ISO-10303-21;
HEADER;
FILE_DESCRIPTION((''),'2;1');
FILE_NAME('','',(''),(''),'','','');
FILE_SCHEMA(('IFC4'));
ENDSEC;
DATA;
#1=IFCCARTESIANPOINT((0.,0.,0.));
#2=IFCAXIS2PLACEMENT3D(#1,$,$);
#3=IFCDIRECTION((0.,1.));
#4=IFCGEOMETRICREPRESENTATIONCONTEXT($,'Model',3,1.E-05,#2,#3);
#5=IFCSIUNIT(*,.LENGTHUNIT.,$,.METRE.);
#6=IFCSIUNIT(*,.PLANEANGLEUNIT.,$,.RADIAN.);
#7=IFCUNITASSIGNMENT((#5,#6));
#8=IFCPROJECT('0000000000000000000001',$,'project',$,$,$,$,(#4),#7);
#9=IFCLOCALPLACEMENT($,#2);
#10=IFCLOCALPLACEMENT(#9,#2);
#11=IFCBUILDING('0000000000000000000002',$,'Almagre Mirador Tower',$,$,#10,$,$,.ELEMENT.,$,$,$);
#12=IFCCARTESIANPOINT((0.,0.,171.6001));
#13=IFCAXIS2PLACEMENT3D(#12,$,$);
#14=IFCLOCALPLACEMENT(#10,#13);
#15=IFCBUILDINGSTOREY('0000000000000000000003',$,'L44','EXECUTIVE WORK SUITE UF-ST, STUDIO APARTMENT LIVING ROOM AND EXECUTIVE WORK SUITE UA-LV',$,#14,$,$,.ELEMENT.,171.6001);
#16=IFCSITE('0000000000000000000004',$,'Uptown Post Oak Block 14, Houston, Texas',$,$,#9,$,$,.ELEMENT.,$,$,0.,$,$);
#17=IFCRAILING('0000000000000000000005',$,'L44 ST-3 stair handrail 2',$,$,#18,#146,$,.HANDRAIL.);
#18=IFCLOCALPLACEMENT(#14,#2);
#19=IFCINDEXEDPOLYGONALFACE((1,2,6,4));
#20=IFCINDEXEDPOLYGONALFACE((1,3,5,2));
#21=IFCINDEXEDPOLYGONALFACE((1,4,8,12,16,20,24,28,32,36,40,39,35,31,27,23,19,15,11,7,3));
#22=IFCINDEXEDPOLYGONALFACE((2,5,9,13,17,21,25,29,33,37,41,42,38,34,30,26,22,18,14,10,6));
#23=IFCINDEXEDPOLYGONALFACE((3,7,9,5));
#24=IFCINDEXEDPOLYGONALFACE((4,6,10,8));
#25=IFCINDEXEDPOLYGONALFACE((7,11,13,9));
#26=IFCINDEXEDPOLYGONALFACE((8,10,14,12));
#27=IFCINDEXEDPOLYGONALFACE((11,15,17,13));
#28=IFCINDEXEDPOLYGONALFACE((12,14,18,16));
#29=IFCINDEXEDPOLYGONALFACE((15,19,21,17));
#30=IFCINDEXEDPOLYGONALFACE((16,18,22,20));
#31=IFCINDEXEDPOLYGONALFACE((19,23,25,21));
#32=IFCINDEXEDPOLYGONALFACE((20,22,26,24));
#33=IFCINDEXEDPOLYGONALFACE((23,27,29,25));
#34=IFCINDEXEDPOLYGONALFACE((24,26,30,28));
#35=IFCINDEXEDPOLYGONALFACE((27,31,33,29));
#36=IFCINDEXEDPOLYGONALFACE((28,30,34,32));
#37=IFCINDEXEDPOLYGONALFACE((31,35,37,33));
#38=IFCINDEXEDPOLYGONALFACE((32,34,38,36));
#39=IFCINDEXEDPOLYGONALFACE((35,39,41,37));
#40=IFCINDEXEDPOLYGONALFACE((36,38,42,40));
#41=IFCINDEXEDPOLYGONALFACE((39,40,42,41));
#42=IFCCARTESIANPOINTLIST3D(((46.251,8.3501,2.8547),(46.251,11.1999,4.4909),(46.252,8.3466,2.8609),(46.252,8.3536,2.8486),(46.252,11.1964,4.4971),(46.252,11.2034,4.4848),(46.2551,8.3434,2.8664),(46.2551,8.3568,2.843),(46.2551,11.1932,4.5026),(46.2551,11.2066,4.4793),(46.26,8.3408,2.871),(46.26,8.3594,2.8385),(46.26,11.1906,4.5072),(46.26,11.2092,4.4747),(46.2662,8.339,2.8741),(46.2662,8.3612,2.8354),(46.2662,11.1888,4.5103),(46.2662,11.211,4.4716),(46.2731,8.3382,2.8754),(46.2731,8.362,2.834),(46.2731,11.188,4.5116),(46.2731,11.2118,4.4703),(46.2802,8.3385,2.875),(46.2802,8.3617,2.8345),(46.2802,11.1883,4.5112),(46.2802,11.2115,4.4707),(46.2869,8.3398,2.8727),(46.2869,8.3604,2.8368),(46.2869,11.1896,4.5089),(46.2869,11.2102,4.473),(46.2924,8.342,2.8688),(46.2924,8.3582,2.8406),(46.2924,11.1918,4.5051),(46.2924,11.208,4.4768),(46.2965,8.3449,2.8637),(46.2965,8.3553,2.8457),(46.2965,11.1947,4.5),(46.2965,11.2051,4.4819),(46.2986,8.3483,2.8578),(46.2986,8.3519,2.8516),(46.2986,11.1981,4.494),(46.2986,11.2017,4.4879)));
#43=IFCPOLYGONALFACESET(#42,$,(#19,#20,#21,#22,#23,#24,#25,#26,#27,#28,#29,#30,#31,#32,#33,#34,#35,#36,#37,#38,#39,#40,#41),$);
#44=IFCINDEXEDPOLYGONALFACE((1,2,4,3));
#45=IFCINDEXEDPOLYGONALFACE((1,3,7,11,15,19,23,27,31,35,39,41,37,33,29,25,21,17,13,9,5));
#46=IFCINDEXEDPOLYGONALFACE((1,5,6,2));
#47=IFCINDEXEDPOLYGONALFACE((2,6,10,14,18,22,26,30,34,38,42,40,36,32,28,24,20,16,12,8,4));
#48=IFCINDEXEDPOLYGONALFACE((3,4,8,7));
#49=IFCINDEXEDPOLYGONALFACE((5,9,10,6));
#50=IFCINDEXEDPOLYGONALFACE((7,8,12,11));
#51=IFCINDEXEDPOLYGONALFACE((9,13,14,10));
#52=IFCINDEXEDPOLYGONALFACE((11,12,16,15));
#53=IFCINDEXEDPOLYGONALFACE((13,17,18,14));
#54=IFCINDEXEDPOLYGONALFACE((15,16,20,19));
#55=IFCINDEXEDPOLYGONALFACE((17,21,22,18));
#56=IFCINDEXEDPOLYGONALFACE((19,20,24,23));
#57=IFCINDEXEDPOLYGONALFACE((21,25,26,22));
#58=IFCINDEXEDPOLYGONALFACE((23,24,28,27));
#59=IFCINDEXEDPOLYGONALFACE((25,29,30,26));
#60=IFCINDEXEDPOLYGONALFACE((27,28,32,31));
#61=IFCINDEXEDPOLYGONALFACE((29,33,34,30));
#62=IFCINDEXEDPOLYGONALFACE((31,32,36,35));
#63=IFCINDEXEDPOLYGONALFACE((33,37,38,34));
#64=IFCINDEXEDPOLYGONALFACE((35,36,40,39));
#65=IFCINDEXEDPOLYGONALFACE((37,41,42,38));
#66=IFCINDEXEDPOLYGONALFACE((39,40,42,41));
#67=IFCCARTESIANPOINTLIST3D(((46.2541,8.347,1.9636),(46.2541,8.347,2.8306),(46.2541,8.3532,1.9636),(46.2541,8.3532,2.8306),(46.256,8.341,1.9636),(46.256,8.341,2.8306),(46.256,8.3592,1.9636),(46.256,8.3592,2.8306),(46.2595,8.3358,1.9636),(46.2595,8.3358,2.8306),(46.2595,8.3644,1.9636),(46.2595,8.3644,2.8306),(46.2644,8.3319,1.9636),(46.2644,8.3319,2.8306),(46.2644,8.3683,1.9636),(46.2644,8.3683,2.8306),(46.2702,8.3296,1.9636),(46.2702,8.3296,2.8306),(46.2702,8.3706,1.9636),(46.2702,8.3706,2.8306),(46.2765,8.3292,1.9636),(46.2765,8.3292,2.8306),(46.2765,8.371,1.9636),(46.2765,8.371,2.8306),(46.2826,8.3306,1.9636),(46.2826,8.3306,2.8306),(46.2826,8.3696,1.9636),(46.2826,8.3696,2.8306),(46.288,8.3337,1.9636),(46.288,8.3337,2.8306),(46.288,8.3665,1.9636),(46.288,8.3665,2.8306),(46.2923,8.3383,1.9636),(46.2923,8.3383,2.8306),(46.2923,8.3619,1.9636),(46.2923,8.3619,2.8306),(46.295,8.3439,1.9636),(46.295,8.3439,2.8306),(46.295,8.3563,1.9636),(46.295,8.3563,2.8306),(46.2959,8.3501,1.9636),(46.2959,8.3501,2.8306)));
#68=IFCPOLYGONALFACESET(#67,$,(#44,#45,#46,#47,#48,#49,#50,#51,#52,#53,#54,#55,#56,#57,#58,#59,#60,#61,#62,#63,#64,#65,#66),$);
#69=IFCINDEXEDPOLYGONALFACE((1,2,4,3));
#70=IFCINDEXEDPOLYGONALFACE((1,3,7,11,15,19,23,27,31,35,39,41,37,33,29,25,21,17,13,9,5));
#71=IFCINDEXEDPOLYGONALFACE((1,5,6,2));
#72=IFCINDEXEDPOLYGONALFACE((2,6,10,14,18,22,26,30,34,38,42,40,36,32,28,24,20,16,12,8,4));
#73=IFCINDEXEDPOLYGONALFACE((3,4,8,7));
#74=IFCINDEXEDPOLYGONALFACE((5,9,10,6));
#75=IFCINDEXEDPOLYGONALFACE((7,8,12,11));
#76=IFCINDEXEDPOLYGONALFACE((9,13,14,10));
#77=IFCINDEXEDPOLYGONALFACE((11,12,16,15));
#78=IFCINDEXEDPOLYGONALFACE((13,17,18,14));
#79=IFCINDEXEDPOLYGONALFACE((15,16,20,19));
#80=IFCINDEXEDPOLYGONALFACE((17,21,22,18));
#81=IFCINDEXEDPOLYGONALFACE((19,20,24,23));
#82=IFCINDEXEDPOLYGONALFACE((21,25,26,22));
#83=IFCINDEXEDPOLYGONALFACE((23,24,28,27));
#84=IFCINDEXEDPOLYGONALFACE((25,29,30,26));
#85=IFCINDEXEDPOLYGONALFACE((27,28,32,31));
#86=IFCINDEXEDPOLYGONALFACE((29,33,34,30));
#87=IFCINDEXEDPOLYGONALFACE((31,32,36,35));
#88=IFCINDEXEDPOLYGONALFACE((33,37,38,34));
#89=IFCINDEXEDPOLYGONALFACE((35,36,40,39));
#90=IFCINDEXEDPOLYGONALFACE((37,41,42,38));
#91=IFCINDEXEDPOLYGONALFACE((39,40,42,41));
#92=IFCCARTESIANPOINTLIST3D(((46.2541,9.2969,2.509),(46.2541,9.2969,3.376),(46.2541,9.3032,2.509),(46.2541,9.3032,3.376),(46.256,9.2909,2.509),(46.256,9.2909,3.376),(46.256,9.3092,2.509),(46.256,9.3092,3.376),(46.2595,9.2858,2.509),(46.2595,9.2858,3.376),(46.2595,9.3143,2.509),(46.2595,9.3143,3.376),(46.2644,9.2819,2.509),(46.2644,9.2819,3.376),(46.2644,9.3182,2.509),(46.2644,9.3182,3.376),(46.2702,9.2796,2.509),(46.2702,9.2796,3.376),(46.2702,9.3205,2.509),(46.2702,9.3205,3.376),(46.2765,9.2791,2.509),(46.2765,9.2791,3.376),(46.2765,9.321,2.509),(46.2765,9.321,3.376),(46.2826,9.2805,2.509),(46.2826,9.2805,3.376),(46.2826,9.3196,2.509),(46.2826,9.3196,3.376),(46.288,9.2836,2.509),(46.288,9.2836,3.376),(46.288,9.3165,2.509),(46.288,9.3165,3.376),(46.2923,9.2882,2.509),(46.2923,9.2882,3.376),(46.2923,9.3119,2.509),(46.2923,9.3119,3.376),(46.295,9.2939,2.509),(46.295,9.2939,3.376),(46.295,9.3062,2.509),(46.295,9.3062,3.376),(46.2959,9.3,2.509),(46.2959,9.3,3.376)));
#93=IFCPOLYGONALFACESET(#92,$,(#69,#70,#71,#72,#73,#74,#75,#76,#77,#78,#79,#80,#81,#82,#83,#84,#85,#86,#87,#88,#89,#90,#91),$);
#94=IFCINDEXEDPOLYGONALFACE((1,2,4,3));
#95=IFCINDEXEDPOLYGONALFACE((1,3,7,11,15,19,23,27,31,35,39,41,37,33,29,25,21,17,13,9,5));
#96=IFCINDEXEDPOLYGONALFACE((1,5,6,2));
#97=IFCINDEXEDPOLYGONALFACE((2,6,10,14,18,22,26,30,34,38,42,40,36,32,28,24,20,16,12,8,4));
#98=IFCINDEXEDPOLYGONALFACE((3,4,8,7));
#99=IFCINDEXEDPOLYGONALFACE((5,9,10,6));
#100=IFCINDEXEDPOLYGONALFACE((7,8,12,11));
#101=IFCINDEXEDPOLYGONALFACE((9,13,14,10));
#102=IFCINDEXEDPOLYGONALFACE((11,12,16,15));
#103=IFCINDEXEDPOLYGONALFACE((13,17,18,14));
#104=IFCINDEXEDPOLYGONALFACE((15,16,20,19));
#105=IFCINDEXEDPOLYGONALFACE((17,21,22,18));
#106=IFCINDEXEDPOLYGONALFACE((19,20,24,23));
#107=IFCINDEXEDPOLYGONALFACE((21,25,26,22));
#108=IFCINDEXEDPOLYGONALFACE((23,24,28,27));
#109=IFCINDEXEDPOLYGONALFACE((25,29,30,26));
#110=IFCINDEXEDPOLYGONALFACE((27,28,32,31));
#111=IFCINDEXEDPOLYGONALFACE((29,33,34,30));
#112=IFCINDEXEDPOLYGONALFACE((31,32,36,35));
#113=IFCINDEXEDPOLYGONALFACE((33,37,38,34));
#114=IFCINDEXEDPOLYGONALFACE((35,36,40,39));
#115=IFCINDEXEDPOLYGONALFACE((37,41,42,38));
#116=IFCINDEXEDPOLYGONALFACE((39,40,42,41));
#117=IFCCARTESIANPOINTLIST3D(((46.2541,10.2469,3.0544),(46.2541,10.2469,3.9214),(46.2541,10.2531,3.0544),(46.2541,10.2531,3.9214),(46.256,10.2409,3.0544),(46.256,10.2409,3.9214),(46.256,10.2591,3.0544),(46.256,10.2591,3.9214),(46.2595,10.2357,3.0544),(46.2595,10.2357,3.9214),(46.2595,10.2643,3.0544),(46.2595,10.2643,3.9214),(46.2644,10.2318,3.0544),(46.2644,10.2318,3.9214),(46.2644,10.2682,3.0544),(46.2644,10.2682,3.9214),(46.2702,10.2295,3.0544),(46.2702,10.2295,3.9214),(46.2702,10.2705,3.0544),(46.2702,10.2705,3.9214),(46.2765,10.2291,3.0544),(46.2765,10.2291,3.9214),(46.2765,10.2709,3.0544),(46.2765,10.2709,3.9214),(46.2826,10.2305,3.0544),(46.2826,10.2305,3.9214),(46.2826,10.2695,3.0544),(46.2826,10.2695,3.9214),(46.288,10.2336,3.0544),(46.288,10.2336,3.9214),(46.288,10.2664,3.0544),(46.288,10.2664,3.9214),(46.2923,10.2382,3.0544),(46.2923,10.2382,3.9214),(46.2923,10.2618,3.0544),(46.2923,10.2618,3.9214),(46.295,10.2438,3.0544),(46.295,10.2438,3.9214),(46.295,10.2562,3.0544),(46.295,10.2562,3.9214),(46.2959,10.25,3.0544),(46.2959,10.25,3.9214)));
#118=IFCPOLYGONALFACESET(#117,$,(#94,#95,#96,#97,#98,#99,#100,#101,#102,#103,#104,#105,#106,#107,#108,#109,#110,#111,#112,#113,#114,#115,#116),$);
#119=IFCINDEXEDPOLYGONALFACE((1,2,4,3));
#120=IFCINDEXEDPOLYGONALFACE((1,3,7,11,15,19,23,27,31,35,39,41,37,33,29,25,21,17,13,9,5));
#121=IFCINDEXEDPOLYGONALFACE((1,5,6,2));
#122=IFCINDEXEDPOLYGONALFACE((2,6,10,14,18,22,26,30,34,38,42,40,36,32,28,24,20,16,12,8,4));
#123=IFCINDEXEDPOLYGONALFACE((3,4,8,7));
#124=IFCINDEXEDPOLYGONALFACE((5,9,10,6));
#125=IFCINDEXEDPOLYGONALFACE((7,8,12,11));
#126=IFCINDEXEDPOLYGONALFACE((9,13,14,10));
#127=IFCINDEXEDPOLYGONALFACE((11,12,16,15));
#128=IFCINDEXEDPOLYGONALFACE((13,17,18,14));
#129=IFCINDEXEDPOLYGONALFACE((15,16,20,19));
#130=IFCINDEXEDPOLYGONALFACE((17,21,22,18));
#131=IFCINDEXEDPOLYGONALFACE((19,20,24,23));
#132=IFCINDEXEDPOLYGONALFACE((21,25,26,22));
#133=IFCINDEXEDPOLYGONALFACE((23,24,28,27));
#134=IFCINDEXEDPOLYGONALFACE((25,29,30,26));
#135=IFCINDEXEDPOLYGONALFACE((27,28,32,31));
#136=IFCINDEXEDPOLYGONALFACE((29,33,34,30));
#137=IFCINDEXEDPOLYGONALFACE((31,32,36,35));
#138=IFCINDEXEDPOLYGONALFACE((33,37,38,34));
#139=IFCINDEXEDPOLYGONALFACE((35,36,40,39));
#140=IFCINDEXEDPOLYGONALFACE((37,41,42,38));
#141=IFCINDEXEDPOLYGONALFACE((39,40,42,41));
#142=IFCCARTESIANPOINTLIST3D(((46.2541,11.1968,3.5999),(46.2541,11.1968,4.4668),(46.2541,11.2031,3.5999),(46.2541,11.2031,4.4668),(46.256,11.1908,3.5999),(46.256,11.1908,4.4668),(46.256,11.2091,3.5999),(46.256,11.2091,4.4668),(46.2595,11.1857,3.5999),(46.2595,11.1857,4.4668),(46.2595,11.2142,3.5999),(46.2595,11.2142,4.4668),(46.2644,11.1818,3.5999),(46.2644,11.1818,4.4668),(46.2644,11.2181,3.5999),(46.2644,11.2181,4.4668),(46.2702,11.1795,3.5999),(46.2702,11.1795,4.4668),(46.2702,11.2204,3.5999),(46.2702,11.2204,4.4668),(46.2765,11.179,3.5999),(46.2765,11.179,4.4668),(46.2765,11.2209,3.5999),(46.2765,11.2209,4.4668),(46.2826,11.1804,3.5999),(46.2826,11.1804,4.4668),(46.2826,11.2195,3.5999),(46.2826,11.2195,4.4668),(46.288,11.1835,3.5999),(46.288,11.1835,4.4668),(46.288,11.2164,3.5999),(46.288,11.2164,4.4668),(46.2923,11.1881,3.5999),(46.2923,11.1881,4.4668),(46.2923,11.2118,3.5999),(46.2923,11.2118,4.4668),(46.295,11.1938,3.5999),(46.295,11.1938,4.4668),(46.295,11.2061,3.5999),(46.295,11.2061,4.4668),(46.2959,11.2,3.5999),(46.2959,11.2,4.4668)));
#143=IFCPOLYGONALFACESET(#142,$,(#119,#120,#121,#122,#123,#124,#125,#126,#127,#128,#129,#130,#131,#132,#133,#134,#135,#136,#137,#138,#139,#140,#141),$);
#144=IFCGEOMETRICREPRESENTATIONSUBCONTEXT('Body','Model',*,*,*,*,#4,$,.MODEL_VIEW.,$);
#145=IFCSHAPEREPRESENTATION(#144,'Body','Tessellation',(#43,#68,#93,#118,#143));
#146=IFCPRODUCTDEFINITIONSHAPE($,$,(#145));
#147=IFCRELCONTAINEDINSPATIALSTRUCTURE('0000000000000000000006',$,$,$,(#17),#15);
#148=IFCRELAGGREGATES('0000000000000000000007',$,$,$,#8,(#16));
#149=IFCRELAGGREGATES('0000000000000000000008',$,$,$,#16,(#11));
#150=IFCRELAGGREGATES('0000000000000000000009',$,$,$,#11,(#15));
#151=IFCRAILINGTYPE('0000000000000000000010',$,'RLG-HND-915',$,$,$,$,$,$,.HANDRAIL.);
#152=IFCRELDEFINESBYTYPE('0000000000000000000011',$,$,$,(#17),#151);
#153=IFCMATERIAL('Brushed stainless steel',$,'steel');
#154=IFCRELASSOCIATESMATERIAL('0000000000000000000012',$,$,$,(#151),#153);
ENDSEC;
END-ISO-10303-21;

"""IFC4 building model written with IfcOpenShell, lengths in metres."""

from ifc_helpers import new_model, si_unit, direction, frame, origin, origin_2d, place, context, subcontext, project, spatial, circle, extrude, material, type_object, element, save


model = new_model("IFC4")

# Units and contexts
model_context = context("Model", 3, precision=1e-05, world=origin(), true_north=direction((0.0, 1.0)))
body_context = subcontext(model_context, "Body", "Model", "MODEL_VIEW")
ifc_project = project(units=[si_unit("LENGTHUNIT", "METRE"), si_unit("PLANEANGLEUNIT", "RADIAN")], contexts=[model_context])

# Site, building, storey
site_placement = place(None, origin())
site = spatial("IfcSite", under=ifc_project, at=site_placement, Name="Uptown Post Oak Block 14, Houston, Texas", CompositionType="ELEMENT", RefElevation=0.0)
building_placement = place(site_placement, origin())
building = spatial("IfcBuilding", under=site, at=building_placement, Name="Almagre Mirador Tower", CompositionType="ELEMENT")
storey_placement = place(building_placement, frame((0.0, 0.0, 171.6001)))
storey = spatial("IfcBuildingStorey", under=building, at=storey_placement, Name="L44", Description="EXECUTIVE WORK SUITE UF-ST, STUDIO APARTMENT LIVING ROOM AND EXECUTIVE WORK SUITE UA-LV", CompositionType="ELEMENT", Elevation=171.6001)

# Railing
ifc_material_1 = material(Name="Brushed stainless steel", Category="steel")
railing_type_1 = type_object("IfcRailingType", Name="RLG-HND-915", PredefinedType="HANDRAIL", material=ifc_material_1)
railing_1_placement = place(storey_placement, frame((46.2749, 8.3501, 1.9636)))
element("IfcRailing", 1, at=railing_1_placement, inside=storey, type_object=railing_type_1, Name="L44 ST-3 stair handrail 2", PredefinedType="HANDRAIL", context=body_context, shape_type="SweptSolid", body=[
    extrude(circle(Radius=0.0239, at=origin_2d()), frame((0.0, 0.0, 0.8911), z_axis=(0.0, 0.867226, 0.497914), x_axis=(-1.0, 0.0, 0.0)), (0.0, 0.0, 1.0), 3.2861),
    extrude(circle(Radius=0.021, at=origin_2d()), origin(), (0.0, 0.0, 1.0), 0.8669),
    extrude(circle(Radius=0.021, at=origin_2d()), frame((0.0, 0.95, 0.5454)), (0.0, 0.0, 1.0), 0.8669),
    extrude(circle(Radius=0.021, at=origin_2d()), frame((0.0, 1.8999, 1.0908)), (0.0, 0.0, 1.0), 0.8669),
    extrude(circle(Radius=0.021, at=origin_2d()), frame((0.0, 2.8499, 1.6362)), (0.0, 0.0, 1.0), 0.8669),
])

save(model, "model.ifc")
